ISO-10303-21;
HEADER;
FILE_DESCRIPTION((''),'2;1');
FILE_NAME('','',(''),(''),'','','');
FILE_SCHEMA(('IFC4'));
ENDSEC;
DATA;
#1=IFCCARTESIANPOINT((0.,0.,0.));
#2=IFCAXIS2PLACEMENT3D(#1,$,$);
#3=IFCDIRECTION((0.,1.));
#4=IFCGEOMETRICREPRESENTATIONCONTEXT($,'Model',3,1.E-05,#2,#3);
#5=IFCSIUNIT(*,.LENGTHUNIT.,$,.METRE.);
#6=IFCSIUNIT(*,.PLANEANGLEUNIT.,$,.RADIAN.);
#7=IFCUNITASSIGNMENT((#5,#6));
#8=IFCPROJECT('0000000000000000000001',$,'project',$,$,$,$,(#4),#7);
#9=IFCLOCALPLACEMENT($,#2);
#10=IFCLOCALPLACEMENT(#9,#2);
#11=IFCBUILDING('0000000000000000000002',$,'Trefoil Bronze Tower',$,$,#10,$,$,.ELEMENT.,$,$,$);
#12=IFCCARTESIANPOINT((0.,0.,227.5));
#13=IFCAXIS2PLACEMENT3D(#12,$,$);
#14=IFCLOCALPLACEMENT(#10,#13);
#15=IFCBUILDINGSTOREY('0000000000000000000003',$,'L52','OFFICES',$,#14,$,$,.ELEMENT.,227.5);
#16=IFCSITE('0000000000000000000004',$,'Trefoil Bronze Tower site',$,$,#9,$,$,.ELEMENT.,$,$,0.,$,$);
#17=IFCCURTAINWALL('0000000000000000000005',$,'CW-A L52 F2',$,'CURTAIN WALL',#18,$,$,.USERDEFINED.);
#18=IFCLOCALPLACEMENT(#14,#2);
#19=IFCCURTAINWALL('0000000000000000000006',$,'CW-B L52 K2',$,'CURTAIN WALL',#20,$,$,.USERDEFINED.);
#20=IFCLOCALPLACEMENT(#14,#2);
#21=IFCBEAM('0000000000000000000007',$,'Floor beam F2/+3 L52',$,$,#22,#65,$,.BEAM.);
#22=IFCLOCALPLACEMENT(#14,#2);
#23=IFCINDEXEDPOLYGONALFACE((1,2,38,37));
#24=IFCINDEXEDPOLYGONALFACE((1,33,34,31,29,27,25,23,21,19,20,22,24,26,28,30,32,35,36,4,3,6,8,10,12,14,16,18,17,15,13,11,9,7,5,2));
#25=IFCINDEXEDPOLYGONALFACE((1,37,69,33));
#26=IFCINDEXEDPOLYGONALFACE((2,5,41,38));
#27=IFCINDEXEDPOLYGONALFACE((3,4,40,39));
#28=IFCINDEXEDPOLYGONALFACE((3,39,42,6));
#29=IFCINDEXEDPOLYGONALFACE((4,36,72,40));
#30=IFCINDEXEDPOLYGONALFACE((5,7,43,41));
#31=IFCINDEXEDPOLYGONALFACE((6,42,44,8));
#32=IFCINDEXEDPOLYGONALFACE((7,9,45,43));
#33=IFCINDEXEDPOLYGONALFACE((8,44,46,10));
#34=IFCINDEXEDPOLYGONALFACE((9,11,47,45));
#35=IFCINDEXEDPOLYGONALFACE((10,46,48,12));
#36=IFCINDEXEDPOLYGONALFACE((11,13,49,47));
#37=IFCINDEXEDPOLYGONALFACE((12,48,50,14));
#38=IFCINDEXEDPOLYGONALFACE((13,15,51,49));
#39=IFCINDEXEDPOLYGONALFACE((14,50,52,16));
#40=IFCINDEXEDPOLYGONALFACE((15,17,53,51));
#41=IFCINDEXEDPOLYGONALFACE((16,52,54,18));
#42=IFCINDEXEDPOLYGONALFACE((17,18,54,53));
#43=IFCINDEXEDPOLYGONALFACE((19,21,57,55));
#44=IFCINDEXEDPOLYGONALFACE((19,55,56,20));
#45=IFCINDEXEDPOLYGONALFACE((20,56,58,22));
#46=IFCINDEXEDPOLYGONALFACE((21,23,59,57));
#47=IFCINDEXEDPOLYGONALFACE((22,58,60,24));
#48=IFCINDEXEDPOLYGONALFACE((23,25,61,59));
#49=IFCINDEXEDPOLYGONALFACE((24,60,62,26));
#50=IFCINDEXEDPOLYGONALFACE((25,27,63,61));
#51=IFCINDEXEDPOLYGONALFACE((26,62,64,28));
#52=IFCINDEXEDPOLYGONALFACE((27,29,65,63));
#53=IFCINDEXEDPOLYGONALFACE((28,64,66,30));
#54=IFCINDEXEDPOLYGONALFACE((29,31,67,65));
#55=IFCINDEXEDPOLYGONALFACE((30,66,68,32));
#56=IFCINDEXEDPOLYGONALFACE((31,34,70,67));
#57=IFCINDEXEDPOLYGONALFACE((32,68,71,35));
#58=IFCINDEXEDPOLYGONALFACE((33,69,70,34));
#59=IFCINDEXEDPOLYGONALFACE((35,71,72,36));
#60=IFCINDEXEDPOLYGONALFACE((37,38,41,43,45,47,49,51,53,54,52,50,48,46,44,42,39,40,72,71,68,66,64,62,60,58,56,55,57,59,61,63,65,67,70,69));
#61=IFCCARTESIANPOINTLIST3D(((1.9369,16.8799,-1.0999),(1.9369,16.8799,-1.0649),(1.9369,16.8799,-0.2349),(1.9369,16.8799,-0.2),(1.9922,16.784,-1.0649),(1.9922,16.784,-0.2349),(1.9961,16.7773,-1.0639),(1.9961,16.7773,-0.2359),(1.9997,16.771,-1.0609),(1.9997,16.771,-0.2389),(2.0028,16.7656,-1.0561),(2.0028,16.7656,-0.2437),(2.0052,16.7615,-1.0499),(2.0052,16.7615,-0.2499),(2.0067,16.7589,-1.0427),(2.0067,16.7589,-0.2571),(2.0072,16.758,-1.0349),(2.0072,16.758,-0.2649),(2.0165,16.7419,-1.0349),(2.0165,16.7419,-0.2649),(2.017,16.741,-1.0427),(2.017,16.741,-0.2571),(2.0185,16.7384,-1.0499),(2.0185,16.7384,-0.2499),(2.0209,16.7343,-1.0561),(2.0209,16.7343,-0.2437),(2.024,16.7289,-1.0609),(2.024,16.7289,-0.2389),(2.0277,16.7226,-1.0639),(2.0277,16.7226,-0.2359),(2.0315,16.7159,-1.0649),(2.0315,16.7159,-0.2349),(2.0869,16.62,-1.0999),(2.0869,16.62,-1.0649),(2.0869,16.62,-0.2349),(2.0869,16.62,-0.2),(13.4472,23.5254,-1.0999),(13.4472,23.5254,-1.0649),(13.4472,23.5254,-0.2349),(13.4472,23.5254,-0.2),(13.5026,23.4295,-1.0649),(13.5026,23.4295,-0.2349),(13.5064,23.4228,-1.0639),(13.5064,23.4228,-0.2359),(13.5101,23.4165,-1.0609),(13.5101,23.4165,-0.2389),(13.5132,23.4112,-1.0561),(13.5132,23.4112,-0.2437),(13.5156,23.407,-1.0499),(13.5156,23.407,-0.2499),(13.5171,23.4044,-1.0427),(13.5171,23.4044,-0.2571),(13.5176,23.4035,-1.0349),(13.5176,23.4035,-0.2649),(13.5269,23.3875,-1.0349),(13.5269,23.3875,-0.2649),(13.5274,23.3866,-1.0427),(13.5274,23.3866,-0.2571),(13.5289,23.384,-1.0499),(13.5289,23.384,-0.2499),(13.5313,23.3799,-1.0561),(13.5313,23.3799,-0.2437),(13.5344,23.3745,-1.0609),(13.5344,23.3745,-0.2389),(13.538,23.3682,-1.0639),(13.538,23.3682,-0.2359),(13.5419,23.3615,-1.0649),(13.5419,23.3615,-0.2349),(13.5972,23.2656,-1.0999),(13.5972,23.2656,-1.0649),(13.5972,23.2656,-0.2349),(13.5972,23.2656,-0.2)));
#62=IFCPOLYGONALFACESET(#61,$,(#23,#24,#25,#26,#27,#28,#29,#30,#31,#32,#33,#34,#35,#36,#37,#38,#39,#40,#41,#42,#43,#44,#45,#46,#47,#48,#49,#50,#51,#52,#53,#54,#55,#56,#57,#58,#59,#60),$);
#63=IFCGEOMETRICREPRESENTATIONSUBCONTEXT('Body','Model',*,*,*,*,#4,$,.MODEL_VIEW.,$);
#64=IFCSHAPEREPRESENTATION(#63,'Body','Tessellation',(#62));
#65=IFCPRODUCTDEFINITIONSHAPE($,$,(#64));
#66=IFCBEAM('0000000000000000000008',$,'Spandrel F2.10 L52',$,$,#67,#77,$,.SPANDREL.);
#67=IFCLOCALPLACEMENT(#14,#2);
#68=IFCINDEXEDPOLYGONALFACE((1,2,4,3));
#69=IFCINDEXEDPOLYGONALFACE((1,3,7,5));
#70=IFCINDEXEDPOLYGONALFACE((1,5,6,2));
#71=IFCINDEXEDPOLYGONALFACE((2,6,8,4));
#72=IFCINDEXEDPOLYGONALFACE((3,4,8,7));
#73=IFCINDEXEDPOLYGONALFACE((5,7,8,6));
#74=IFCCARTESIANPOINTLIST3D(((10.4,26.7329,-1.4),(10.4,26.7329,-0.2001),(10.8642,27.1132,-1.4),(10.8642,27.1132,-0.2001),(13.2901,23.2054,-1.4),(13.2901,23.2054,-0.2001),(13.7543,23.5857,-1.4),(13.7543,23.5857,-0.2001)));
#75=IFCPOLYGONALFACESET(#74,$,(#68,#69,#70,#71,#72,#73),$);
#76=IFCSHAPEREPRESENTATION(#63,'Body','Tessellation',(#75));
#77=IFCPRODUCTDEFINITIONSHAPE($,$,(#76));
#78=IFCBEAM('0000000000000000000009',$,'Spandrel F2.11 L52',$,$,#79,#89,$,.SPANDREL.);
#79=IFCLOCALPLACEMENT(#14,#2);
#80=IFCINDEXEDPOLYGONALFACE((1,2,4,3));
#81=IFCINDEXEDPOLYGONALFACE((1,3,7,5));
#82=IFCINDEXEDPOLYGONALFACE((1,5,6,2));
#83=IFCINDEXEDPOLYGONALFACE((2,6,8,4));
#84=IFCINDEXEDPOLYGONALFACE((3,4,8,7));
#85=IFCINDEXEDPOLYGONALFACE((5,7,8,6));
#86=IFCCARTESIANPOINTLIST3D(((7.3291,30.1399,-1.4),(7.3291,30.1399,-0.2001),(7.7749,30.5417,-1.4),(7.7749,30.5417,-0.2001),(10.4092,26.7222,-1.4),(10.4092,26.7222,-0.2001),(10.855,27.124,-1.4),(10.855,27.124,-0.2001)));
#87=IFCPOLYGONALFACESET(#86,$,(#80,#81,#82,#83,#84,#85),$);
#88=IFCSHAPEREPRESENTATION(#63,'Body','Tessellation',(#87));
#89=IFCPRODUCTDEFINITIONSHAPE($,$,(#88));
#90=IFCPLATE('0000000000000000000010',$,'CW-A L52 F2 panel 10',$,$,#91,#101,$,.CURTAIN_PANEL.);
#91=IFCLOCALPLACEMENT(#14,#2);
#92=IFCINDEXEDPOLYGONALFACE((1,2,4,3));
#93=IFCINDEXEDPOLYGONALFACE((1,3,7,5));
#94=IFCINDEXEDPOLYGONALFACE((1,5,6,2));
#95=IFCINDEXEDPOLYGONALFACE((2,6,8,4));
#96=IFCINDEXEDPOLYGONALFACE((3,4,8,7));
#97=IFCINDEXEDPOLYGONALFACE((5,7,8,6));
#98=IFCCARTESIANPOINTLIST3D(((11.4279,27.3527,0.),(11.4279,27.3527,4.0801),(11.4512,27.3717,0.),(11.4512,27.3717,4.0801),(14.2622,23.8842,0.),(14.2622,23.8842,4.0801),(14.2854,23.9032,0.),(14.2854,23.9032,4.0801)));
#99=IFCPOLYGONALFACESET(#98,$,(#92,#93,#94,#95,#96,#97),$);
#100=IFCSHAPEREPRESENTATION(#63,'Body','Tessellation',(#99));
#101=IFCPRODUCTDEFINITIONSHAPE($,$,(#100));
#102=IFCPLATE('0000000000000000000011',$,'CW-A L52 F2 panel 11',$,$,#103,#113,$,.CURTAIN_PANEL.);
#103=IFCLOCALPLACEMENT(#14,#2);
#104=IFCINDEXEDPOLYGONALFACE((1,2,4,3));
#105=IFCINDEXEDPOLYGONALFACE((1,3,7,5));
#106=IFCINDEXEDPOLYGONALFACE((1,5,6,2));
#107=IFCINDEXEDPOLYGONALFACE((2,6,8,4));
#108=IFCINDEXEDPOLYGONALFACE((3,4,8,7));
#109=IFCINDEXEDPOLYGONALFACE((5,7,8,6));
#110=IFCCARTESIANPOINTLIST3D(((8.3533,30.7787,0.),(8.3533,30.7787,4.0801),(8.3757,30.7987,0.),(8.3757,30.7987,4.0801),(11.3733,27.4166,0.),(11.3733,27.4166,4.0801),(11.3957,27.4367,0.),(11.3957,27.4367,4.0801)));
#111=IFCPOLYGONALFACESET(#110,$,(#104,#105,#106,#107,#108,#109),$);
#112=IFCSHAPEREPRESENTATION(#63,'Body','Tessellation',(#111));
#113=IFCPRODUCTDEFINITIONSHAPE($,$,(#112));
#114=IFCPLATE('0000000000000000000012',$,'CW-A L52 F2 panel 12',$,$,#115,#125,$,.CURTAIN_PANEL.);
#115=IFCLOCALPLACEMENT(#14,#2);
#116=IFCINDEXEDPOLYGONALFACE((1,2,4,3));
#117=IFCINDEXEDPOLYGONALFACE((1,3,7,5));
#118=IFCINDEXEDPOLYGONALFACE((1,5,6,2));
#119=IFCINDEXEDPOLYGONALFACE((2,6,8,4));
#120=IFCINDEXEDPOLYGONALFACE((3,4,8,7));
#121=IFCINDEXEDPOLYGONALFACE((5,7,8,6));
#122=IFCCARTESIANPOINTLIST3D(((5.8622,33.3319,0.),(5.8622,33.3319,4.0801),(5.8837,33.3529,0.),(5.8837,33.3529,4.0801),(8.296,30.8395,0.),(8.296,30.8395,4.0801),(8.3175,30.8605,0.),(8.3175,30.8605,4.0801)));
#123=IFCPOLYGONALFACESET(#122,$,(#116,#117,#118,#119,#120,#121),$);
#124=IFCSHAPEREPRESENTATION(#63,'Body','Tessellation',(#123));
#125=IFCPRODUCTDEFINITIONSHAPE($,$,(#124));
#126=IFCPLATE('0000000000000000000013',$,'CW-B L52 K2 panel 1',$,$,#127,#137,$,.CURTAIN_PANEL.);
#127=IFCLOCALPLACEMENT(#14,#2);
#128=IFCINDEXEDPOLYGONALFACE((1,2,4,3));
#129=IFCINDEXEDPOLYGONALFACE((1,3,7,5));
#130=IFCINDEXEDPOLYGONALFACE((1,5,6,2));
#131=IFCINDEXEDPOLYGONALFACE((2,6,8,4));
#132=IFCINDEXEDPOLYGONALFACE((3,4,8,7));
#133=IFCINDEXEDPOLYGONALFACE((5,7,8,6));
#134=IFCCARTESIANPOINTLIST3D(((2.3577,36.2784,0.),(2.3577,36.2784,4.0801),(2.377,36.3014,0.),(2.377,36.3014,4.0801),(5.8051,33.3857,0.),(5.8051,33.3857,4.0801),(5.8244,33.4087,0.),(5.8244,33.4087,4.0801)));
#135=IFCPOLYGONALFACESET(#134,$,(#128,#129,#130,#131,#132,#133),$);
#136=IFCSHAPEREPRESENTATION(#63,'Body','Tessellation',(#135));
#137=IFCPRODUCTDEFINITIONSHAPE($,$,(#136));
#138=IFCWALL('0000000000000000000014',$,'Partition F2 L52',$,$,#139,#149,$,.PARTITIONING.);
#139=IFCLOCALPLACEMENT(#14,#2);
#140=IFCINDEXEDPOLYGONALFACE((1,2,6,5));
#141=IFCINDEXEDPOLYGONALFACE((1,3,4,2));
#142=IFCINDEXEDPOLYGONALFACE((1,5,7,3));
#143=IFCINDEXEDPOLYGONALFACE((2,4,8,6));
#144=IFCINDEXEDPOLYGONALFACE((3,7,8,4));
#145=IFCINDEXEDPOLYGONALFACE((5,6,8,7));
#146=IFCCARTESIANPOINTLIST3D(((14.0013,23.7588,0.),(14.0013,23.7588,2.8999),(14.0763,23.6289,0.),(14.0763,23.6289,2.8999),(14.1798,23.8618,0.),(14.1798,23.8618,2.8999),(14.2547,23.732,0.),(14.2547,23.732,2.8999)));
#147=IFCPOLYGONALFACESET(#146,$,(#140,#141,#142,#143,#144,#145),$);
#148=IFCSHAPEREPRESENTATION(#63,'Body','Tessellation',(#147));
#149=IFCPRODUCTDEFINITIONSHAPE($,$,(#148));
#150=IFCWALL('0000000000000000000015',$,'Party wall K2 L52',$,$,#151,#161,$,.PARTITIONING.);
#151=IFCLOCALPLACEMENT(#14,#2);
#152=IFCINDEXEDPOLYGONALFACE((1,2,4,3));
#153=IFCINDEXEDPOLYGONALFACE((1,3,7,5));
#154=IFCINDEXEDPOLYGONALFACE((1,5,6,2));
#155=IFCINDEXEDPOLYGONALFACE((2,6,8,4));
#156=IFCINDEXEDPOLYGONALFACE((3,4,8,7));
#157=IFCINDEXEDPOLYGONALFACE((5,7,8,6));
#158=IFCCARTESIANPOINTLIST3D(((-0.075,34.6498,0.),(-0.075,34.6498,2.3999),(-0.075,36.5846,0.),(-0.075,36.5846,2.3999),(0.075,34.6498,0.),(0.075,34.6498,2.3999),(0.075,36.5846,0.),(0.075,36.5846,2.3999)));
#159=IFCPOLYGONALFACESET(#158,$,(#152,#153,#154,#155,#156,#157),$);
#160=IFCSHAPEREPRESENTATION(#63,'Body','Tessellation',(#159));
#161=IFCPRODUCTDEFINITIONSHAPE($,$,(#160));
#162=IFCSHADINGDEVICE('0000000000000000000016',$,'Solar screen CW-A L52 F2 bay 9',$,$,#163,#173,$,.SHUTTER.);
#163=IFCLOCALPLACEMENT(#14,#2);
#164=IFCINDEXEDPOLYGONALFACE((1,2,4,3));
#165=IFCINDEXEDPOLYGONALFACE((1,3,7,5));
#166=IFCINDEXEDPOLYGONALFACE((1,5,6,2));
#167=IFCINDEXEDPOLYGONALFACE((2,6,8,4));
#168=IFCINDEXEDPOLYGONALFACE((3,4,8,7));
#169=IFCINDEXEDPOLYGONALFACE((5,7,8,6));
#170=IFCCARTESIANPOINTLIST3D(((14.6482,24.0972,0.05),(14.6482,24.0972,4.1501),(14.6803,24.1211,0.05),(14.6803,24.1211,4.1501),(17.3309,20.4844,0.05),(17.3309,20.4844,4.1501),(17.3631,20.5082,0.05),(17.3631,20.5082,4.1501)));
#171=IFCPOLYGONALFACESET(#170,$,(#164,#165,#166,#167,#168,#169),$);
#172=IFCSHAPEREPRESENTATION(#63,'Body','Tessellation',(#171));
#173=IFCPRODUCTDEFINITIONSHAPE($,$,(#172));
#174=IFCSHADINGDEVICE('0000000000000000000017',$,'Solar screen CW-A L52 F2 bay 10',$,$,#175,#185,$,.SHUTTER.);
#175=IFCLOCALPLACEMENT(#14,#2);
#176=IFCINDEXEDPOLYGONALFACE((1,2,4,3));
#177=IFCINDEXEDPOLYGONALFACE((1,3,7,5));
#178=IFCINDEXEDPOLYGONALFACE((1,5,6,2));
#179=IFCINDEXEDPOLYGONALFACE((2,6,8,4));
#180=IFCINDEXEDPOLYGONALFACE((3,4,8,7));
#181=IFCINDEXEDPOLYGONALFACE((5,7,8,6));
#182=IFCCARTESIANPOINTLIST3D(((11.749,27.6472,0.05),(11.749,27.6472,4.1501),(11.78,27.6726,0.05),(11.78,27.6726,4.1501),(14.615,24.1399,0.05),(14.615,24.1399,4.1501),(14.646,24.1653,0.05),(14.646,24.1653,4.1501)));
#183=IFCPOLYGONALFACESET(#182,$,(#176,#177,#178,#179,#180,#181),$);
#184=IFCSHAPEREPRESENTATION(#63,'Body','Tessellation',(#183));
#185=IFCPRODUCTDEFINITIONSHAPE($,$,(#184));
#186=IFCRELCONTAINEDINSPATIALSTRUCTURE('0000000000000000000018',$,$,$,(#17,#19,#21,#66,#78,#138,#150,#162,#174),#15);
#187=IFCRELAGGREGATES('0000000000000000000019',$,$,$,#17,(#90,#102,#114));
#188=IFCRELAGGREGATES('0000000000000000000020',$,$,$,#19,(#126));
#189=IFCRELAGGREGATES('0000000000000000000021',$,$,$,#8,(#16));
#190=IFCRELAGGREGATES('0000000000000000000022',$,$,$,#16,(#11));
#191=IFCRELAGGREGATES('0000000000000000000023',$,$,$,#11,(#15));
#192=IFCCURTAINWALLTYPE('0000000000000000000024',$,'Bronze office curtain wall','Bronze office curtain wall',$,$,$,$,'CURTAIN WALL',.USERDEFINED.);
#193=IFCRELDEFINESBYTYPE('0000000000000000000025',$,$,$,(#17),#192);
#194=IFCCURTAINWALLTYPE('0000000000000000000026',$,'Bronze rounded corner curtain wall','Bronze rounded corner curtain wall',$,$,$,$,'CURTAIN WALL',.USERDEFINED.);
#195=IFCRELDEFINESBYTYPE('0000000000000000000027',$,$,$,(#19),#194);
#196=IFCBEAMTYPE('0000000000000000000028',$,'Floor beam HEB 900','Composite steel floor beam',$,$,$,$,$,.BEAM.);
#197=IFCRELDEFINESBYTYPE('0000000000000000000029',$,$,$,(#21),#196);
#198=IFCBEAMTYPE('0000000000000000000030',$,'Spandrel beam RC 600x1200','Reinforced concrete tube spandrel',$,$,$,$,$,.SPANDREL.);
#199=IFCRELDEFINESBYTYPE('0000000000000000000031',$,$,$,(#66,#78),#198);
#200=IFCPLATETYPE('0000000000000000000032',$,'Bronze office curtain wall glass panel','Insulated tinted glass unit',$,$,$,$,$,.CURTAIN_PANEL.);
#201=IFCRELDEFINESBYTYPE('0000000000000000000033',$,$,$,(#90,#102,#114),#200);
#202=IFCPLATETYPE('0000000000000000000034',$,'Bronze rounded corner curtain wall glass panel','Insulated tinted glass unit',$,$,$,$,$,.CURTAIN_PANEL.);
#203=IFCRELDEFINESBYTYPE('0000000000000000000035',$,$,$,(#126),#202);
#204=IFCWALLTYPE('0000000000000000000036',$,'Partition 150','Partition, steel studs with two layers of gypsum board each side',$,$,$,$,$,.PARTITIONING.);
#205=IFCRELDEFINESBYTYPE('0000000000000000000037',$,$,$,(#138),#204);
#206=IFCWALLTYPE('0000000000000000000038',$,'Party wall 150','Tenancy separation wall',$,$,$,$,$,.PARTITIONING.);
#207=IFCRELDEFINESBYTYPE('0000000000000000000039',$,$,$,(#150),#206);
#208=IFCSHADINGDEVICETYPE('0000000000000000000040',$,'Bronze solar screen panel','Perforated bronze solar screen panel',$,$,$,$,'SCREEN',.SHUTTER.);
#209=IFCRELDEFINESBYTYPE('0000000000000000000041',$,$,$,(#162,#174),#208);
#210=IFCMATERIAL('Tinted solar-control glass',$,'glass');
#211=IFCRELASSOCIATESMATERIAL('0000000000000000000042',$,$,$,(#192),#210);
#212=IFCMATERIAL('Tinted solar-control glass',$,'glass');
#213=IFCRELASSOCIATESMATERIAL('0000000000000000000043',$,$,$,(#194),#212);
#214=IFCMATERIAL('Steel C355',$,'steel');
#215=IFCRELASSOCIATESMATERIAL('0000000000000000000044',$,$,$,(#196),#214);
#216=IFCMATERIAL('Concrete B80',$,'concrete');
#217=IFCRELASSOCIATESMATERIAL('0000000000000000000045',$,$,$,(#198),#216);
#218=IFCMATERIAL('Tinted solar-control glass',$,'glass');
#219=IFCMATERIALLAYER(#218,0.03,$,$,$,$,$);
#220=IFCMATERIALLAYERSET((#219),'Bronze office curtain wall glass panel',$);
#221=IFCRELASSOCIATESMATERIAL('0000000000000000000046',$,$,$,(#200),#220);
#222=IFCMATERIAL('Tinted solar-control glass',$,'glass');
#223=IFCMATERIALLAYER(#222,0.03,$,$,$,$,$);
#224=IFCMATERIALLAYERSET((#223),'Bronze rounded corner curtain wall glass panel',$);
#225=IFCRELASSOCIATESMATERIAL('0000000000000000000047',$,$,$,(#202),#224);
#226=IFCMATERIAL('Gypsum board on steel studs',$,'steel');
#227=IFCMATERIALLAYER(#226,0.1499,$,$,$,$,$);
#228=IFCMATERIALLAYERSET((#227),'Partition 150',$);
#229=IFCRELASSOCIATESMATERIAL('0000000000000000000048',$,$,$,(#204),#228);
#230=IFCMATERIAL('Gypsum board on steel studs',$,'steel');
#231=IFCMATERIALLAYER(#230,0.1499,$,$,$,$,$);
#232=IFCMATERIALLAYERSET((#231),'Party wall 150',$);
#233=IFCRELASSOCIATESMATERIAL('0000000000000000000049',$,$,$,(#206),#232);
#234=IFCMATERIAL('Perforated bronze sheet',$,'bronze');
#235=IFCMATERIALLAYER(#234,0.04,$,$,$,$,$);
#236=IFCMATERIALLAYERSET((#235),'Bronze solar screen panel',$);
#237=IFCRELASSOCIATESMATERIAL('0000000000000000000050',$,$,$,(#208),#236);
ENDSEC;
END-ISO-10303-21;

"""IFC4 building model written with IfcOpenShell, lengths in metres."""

from ifc_helpers import new_model, si_unit, direction, frame, frame_2d, origin, origin_2d, place, context, subcontext, project, spatial, rectangle, i_section, extrude, material, layer, layer_set, material_profile, profile_set, type_object, element, aggregate, save


model = new_model("IFC4")

# Units and contexts
model_context = context("Model", 3, precision=1e-05, world=origin(), true_north=direction((0.0, 1.0)))
body_context = subcontext(model_context, "Body", "Model", "MODEL_VIEW")
ifc_project = project(units=[si_unit("LENGTHUNIT", "METRE"), si_unit("PLANEANGLEUNIT", "RADIAN")], contexts=[model_context])

# Site, building, storey
site_placement = place(None, origin())
site = spatial("IfcSite", under=ifc_project, at=site_placement, Name="Trefoil Bronze Tower site", CompositionType="ELEMENT", RefElevation=0.0)
building_placement = place(site_placement, origin())
building = spatial("IfcBuilding", under=site, at=building_placement, Name="Trefoil Bronze Tower", CompositionType="ELEMENT")
storey_placement = place(building_placement, frame((0.0, 0.0, 227.5)))
storey = spatial("IfcBuildingStorey", under=building, at=storey_placement, Name="L52", Description="OFFICES", CompositionType="ELEMENT", Elevation=227.5)

# Curtain walls
ifc_material_1 = material(Name="Tinted solar-control glass", Category="glass")
curtain_wall_type_1 = type_object("IfcCurtainWallType", Name="Bronze office curtain wall", Description="Bronze office curtain wall", ElementType="CURTAIN WALL", PredefinedType="USERDEFINED", material=ifc_material_1)
curtain_wall_1_placement = place(storey_placement, origin())
curtain_wall_1 = element("IfcCurtainWall", 1, at=curtain_wall_1_placement, inside=storey, type_object=curtain_wall_type_1, Name="CW-A L52 F2", ObjectType="CURTAIN WALL", PredefinedType="USERDEFINED")
ifc_material_2 = material(Name="Tinted solar-control glass", Category="glass")
curtain_wall_type_2 = type_object("IfcCurtainWallType", Name="Bronze rounded corner curtain wall", Description="Bronze rounded corner curtain wall", ElementType="CURTAIN WALL", PredefinedType="USERDEFINED", material=ifc_material_2)
curtain_wall_2_placement = place(storey_placement, origin())
curtain_wall_2 = element("IfcCurtainWall", 2, at=curtain_wall_2_placement, inside=storey, type_object=curtain_wall_type_2, Name="CW-B L52 K2", ObjectType="CURTAIN WALL", PredefinedType="USERDEFINED")

# Beams
ifc_material_3 = material(Name="Steel C355", Category="steel")
ifc_material_profile_1 = material_profile(ifc_material_3, i_section(OverallWidth=0.3, OverallDepth=0.8999, WebThickness=0.0186, FlangeThickness=0.0349, FilletRadius=0.03, at=origin_2d()), Name="HEB 900")
ifc_profile_set_1 = profile_set([ifc_material_profile_1], Name="Steel C355")
beam_type_1 = type_object("IfcBeamType", Name="Floor beam HEB 900", Description="Composite steel floor beam", PredefinedType="BEAM", material=ifc_profile_set_1)
beam_1_placement = place(storey_placement, frame((13.5222, 23.3955, -0.6499), z_axis=(-0.866023, -0.500003, 0.0), x_axis=(0.500003, -0.866023, 0.0)))
element("IfcBeam", 3, at=beam_1_placement, inside=storey, type_object=beam_type_1, Name="Floor beam F2/+3 L52", PredefinedType="BEAM", context=body_context, shape_type="SweptSolid", body=[
    extrude(i_section(OverallWidth=0.3, OverallDepth=0.8999, WebThickness=0.0186, FlangeThickness=0.0349, FilletRadius=0.03, at=origin_2d()), origin(), (0.0, 0.0, 1.0), 13.291),
])
ifc_material_4 = material(Name="Concrete B80", Category="concrete")
ifc_material_profile_2 = material_profile(ifc_material_4, rectangle(XDim=0.6001, YDim=1.2, at=origin_2d()), Name="RC 600x1200")
ifc_profile_set_2 = profile_set([ifc_material_profile_2], Name="Concrete B80")
beam_type_2 = type_object("IfcBeamType", Name="Spandrel beam RC 600x1200", Description="Reinforced concrete tube spandrel", PredefinedType="SPANDREL", material=ifc_profile_set_2)
beam_2_placement = place(storey_placement, frame((13.5222, 23.3955, -0.8), z_axis=(-0.633754, 0.773535, 0.0), x_axis=(-0.773535, -0.633754, 0.0)))
element("IfcBeam", 4, at=beam_2_placement, inside=storey, type_object=beam_type_2, Name="Spandrel F2.10 L52", PredefinedType="SPANDREL", context=body_context, shape_type="SweptSolid", body=[
    extrude(rectangle(XDim=0.6001, YDim=1.2, at=origin_2d()), origin(), (0.0, 0.0, 1.0), 4.5603),
])
beam_3_placement = place(storey_placement, frame((10.6321, 26.9231, -0.8), z_axis=(-0.66946, 0.742848, 0.0), x_axis=(-0.742848, -0.66946, 0.0)))
element("IfcBeam", 5, at=beam_3_placement, inside=storey, type_object=beam_type_2, Name="Spandrel F2.11 L52", PredefinedType="SPANDREL", context=body_context, shape_type="SweptSolid", body=[
    extrude(rectangle(XDim=0.6001, YDim=1.2, at=origin_2d()), origin(), (0.0, 0.0, 1.0), 4.6008),
])

# Plates
ifc_material_5 = material(Name="Tinted solar-control glass", Category="glass")
ifc_layer_1 = layer(ifc_material_5, 0.03)
ifc_layer_set_1 = layer_set([ifc_layer_1], Name="Bronze office curtain wall glass panel")
plate_type_1 = type_object("IfcPlateType", Name="Bronze office curtain wall glass panel", Description="Insulated tinted glass unit", PredefinedType="CURTAIN_PANEL", material=ifc_layer_set_1)
plate_1_placement = place(storey_placement, frame((12.8567, 25.6279, 0.0), z_axis=(0.0, 0.0, 1.0), x_axis=(-0.632753, 0.774354, 0.0)))
plate_1 = element("IfcPlate", 6, at=plate_1_placement, type_object=plate_type_1, Name="CW-A L52 F2 panel 10", PredefinedType="CURTAIN_PANEL", context=body_context, shape_type="SweptSolid", body=[
    extrude(rectangle(XDim=4.4792, YDim=0.03, at=origin_2d()), origin(), (0.0, 0.0, 1.0), 4.0801),
])
plate_2_placement = place(storey_placement, frame((9.8745, 29.1077, 0.0), z_axis=(0.0, 0.0, 1.0), x_axis=(-0.668246, 0.743941, 0.0)))
plate_2 = element("IfcPlate", 7, at=plate_2_placement, type_object=plate_type_1, Name="CW-A L52 F2 panel 11", PredefinedType="CURTAIN_PANEL", context=body_context, shape_type="SweptSolid", body=[
    extrude(rectangle(XDim=4.5193, YDim=0.03, at=origin_2d()), origin(), (0.0, 0.0, 1.0), 4.0801),
])
plate_3_placement = place(storey_placement, frame((7.0898, 32.0962, 0.0), z_axis=(0.0, 0.0, 1.0), x_axis=(-0.698652, 0.715462, 0.0)))
plate_3 = element("IfcPlate", 8, at=plate_3_placement, type_object=plate_type_1, Name="CW-A L52 F2 panel 12", PredefinedType="CURTAIN_PANEL", context=body_context, shape_type="SweptSolid", body=[
    extrude(rectangle(XDim=3.4836, YDim=0.03, at=origin_2d()), origin(), (0.0, 0.0, 1.0), 4.0801),
])
aggregate(curtain_wall_1, [plate_1, plate_2, plate_3])
ifc_material_6 = material(Name="Tinted solar-control glass", Category="glass")
ifc_layer_2 = layer(ifc_material_6, 0.03)
ifc_layer_set_2 = layer_set([ifc_layer_2], Name="Bronze rounded corner curtain wall glass panel")
plate_type_2 = type_object("IfcPlateType", Name="Bronze rounded corner curtain wall glass panel", Description="Insulated tinted glass unit", PredefinedType="CURTAIN_PANEL", material=ifc_layer_set_2)
plate_4_placement = place(storey_placement, frame((4.0911, 34.8435, 0.0), z_axis=(0.0, 0.0, 1.0), x_axis=(-0.766044, 0.642788, 0.0)))
plate_4 = element("IfcPlate", 9, at=plate_4_placement, type_object=plate_type_2, Name="CW-B L52 K2 panel 1", PredefinedType="CURTAIN_PANEL", context=body_context, shape_type="SweptSolid", body=[
    extrude(rectangle(XDim=4.5002, YDim=0.03, at=origin_2d()), origin(), (0.0, 0.0, 1.0), 4.0801),
])
aggregate(curtain_wall_2, [plate_4])

# Walls
ifc_material_7 = material(Name="Gypsum board on steel studs", Category="steel")
ifc_layer_3 = layer(ifc_material_7, 0.1499)
ifc_layer_set_3 = layer_set([ifc_layer_3], Name="Partition 150")
wall_type_1 = type_object("IfcWallType", Name="Partition 150", Description="Partition, steel studs with two layers of gypsum board each side", PredefinedType="PARTITIONING", material=ifc_layer_set_3)
wall_1_placement = place(storey_placement, frame((14.0388, 23.6938, 0.0), z_axis=(0.0, 0.0, 1.0), x_axis=(0.866047, 0.499962, 0.0)))
element("IfcWall", 10, at=wall_1_placement, inside=storey, type_object=wall_type_1, Name="Partition F2 L52", PredefinedType="PARTITIONING", context=body_context, shape_type="SweptSolid", body=[
    extrude(rectangle(XDim=0.2061, YDim=0.1499, at=frame_2d((0.103, 0.0))), origin(), (0.0, 0.0, 1.0), 2.8999),
])
ifc_material_8 = material(Name="Gypsum board on steel studs", Category="steel")
ifc_layer_4 = layer(ifc_material_8, 0.1499)
ifc_layer_set_4 = layer_set([ifc_layer_4], Name="Party wall 150")
wall_type_2 = type_object("IfcWallType", Name="Party wall 150", Description="Tenancy separation wall", PredefinedType="PARTITIONING", material=ifc_layer_set_4)
wall_2_placement = place(storey_placement, frame((0.0, 34.6499, 0.0), z_axis=(0.0, 0.0, 1.0), x_axis=(0.0, 1.0, 0.0)))
element("IfcWall", 11, at=wall_2_placement, inside=storey, type_object=wall_type_2, Name="Party wall K2 L52", PredefinedType="PARTITIONING", context=body_context, shape_type="SweptSolid", body=[
    extrude(rectangle(XDim=1.9348, YDim=0.1499, at=frame_2d((0.9673, 0.0))), origin(), (0.0, 0.0, 1.0), 2.3999),
])

# Shading devices
ifc_material_9 = material(Name="Perforated bronze sheet", Category="bronze")
ifc_layer_5 = layer(ifc_material_9, 0.04)
ifc_layer_set_5 = layer_set([ifc_layer_5], Name="Bronze solar screen panel")
shading_device_type = type_object("IfcShadingDeviceType", Name="Bronze solar screen panel", Description="Perforated bronze solar screen panel", ElementType="SCREEN", PredefinedType="SHUTTER", material=ifc_layer_set_5)
shading_device_1_placement = place(storey_placement, frame((16.0056, 22.3027, 0.05), z_axis=(0.0, 0.0, 1.0), x_axis=(-0.596162, 0.802865, 0.0)))
element("IfcShadingDevice", 12, at=shading_device_1_placement, inside=storey, type_object=shading_device_type, Name="Solar screen CW-A L52 F2 bay 9", PredefinedType="SHUTTER", context=body_context, shape_type="SweptSolid", body=[
    extrude(rectangle(XDim=4.5, YDim=0.04, at=origin_2d()), origin(), (0.0, 0.0, 1.0), 4.1001),
])
shading_device_2_placement = place(storey_placement, frame((13.1975, 25.9062, 0.05), z_axis=(0.0, 0.0, 1.0), x_axis=(-0.632753, 0.774354, 0.0)))
element("IfcShadingDevice", 13, at=shading_device_2_placement, inside=storey, type_object=shading_device_type, Name="Solar screen CW-A L52 F2 bay 10", PredefinedType="SHUTTER", context=body_context, shape_type="SweptSolid", body=[
    extrude(rectangle(XDim=4.5293, YDim=0.04, at=origin_2d()), origin(), (0.0, 0.0, 1.0), 4.1001),
])

save(model, "model.ifc")
